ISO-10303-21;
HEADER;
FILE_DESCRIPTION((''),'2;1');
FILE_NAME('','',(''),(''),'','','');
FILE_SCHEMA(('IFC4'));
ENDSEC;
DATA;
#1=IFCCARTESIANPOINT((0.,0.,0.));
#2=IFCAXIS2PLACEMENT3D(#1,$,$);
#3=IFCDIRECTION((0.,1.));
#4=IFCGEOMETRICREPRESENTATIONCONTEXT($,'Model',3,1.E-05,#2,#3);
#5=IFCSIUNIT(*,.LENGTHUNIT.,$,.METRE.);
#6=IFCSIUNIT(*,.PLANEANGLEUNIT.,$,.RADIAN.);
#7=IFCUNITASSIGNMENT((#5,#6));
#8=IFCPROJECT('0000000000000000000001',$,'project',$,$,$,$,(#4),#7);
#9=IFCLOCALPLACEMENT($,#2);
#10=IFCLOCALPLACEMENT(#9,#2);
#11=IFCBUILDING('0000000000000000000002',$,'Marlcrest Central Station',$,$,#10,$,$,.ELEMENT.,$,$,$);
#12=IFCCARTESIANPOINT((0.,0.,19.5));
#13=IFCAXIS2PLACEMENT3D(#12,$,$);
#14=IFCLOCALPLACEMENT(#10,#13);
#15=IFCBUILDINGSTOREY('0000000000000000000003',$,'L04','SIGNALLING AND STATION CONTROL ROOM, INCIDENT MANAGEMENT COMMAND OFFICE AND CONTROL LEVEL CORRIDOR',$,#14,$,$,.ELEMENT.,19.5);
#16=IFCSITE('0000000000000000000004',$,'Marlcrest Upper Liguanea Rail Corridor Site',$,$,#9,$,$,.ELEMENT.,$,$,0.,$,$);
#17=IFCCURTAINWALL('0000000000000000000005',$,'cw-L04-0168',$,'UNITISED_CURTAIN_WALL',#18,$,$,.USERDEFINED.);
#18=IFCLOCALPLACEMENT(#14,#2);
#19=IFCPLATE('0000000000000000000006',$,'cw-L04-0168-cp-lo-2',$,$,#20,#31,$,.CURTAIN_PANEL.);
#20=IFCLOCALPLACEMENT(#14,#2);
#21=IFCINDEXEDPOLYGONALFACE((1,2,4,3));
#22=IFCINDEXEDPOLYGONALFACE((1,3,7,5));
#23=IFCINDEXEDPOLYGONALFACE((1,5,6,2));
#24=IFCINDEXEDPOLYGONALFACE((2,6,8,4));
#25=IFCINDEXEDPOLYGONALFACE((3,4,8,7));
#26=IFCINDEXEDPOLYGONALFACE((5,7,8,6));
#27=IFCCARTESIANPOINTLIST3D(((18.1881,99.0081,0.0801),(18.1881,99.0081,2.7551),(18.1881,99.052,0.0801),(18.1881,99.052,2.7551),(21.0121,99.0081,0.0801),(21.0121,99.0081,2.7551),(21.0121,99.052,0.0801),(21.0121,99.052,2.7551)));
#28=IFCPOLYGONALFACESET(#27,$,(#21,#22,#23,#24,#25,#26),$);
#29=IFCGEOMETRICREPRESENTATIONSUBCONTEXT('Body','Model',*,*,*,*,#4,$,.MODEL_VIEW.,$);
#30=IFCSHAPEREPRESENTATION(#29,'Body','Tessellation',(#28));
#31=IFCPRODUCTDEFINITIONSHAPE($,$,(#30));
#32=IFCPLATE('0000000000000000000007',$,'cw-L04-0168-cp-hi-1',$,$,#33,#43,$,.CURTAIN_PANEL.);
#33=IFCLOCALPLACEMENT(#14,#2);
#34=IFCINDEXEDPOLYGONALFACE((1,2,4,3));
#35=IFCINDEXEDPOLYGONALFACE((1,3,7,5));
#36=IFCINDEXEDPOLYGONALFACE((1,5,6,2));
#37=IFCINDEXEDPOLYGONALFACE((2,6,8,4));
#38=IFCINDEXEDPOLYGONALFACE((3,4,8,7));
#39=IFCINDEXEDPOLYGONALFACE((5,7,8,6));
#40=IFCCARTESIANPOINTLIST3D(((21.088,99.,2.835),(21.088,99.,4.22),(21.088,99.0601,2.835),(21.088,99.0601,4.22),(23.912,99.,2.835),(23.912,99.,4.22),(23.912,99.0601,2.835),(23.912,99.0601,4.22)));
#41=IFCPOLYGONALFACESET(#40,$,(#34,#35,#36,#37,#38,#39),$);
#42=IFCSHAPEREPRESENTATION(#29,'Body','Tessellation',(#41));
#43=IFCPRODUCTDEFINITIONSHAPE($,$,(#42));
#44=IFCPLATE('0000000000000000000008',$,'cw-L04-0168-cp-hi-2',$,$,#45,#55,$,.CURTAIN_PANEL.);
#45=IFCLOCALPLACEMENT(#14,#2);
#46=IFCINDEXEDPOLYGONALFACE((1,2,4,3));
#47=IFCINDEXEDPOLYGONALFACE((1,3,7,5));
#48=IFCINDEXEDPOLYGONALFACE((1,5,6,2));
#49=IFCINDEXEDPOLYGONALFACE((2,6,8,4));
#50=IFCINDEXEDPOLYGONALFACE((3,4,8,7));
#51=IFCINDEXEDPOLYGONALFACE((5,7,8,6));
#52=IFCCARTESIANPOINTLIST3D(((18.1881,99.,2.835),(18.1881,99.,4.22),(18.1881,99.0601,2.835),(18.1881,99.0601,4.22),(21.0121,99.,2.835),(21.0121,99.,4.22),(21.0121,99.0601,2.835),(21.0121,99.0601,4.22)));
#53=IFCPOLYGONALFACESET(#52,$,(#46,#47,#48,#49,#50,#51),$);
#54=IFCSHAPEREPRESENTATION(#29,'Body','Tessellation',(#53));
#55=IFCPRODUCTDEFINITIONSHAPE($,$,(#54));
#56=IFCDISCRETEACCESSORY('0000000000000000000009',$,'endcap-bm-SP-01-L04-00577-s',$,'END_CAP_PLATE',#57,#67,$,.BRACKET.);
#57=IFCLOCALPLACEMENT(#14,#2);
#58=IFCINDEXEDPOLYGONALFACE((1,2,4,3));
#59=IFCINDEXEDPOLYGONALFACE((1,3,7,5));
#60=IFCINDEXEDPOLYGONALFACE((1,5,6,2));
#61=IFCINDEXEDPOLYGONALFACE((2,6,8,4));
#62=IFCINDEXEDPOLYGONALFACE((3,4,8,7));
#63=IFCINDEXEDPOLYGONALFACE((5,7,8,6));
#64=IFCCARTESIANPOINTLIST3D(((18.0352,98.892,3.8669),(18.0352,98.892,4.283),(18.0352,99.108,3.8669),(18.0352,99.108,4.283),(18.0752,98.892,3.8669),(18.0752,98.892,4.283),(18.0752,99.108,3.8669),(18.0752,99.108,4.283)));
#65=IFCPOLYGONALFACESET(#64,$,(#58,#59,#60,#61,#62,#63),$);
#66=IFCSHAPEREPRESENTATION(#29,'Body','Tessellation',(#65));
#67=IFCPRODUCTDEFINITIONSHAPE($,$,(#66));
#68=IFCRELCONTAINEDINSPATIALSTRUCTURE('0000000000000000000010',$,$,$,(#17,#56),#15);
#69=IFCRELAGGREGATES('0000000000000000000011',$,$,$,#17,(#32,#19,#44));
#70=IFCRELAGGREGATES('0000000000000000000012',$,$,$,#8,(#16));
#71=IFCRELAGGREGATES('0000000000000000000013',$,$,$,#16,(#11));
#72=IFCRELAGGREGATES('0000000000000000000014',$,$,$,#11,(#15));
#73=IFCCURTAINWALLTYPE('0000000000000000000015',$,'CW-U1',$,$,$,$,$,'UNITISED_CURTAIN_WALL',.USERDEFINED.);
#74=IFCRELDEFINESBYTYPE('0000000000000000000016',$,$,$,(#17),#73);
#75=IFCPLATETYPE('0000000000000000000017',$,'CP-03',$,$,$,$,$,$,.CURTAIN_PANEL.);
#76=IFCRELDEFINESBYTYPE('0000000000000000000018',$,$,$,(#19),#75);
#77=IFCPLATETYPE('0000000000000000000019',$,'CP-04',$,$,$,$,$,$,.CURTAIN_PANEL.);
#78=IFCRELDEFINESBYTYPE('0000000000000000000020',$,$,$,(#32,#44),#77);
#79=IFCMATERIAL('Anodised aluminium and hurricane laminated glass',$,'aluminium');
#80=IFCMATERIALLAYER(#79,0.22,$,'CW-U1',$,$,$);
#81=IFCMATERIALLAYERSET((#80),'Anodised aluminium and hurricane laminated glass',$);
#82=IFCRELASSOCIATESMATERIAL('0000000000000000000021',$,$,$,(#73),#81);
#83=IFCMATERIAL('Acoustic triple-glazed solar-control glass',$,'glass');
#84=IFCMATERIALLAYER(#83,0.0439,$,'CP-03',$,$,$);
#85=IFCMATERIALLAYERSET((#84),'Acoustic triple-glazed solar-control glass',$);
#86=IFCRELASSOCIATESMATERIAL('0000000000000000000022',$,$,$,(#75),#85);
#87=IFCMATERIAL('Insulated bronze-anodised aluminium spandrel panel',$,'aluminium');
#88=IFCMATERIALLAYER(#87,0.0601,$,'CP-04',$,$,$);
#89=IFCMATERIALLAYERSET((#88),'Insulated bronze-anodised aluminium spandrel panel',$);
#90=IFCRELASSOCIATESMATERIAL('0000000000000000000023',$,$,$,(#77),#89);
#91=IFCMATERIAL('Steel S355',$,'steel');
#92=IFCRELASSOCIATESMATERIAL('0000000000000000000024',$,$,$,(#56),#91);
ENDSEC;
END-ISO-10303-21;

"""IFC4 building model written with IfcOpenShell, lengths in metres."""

from ifc_helpers import new_model, si_unit, direction, frame, origin, origin_2d, place, context, subcontext, project, spatial, rectangle, extrude, material, layer, layer_set, type_object, element, aggregate, save


model = new_model("IFC4")

# Units and contexts
model_context = context("Model", 3, precision=1e-05, world=origin(), true_north=direction((0.0, 1.0)))
body_context = subcontext(model_context, "Body", "Model", "MODEL_VIEW")
ifc_project = project(units=[si_unit("LENGTHUNIT", "METRE"), si_unit("PLANEANGLEUNIT", "RADIAN")], contexts=[model_context])

# Site, building, storey
site_placement = place(None, origin())
site = spatial("IfcSite", under=ifc_project, at=site_placement, Name="Marlcrest Upper Liguanea Rail Corridor Site", CompositionType="ELEMENT", RefElevation=0.0)
building_placement = place(site_placement, origin())
building = spatial("IfcBuilding", under=site, at=building_placement, Name="Marlcrest Central Station", CompositionType="ELEMENT")
storey_placement = place(building_placement, frame((0.0, 0.0, 19.5)))
storey = spatial("IfcBuildingStorey", under=building, at=storey_placement, Name="L04", Description="SIGNALLING AND STATION CONTROL ROOM, INCIDENT MANAGEMENT COMMAND OFFICE AND CONTROL LEVEL CORRIDOR", CompositionType="ELEMENT", Elevation=19.5)

# Shared definitions
ifc_material_1 = material(Name="Steel S355", Category="steel")

# Curtain wall
ifc_material_2 = material(Name="Anodised aluminium and hurricane laminated glass", Category="aluminium")
ifc_layer_1 = layer(ifc_material_2, 0.22, Name="CW-U1")
ifc_layer_set_1 = layer_set([ifc_layer_1], Name="Anodised aluminium and hurricane laminated glass")
curtain_wall_type = type_object("IfcCurtainWallType", Name="CW-U1", ElementType="UNITISED_CURTAIN_WALL", PredefinedType="USERDEFINED", material=ifc_layer_set_1)
curtain_wall_placement = place(storey_placement, origin())
curtain_wall = element("IfcCurtainWall", 1, at=curtain_wall_placement, inside=storey, type_object=curtain_wall_type, Name="cw-L04-0168", ObjectType="UNITISED_CURTAIN_WALL", PredefinedType="USERDEFINED")

# Plates
ifc_material_3 = material(Name="Acoustic triple-glazed solar-control glass", Category="glass")
ifc_layer_2 = layer(ifc_material_3, 0.0439, Name="CP-03")
ifc_layer_set_2 = layer_set([ifc_layer_2], Name="Acoustic triple-glazed solar-control glass")
plate_type_1 = type_object("IfcPlateType", Name="CP-03", PredefinedType="CURTAIN_PANEL", material=ifc_layer_set_2)
plate_1_placement = place(storey_placement, frame((19.6001, 99.03, 0.0801), z_axis=(0.0, 0.0, 1.0), x_axis=(-1.0, 0.0, 0.0)))
plate_1 = element("IfcPlate", 2, at=plate_1_placement, type_object=plate_type_1, Name="cw-L04-0168-cp-lo-2", PredefinedType="CURTAIN_PANEL", context=body_context, shape_type="SweptSolid", body=[
    extrude(rectangle(XDim=2.824, YDim=0.0439, at=origin_2d()), origin(), (0.0, 0.0, 1.0), 2.675),
])
ifc_material_4 = material(Name="Insulated bronze-anodised aluminium spandrel panel", Category="aluminium")
ifc_layer_3 = layer(ifc_material_4, 0.0601, Name="CP-04")
ifc_layer_set_3 = layer_set([ifc_layer_3], Name="Insulated bronze-anodised aluminium spandrel panel")
plate_type_2 = type_object("IfcPlateType", Name="CP-04", PredefinedType="CURTAIN_PANEL", material=ifc_layer_set_3)
plate_2_placement = place(storey_placement, frame((22.5, 99.03, 2.835), z_axis=(0.0, 0.0, 1.0), x_axis=(-1.0, 0.0, 0.0)))
plate_2 = element("IfcPlate", 3, at=plate_2_placement, type_object=plate_type_2, Name="cw-L04-0168-cp-hi-1", PredefinedType="CURTAIN_PANEL", context=body_context, shape_type="SweptSolid", body=[
    extrude(rectangle(XDim=2.824, YDim=0.0601, at=origin_2d()), origin(), (0.0, 0.0, 1.0), 1.385),
])
plate_3_placement = place(storey_placement, frame((19.6001, 99.03, 2.835), z_axis=(0.0, 0.0, 1.0), x_axis=(-1.0, 0.0, 0.0)))
plate_3 = element("IfcPlate", 4, at=plate_3_placement, type_object=plate_type_2, Name="cw-L04-0168-cp-hi-2", PredefinedType="CURTAIN_PANEL", context=body_context, shape_type="SweptSolid", body=[
    extrude(rectangle(XDim=2.824, YDim=0.0601, at=origin_2d()), origin(), (0.0, 0.0, 1.0), 1.385),
])
aggregate(curtain_wall, [plate_2, plate_1, plate_3])

# Discrete accessory
discrete_accessory_placement = place(storey_placement, frame((18.0352, 99.0, 4.075), z_axis=(1.0, 0.0, 0.0), x_axis=(0.0, 1.0, 0.0)))
element("IfcDiscreteAccessory", 5, at=discrete_accessory_placement, inside=storey, material=ifc_material_1, Name="endcap-bm-SP-01-L04-00577-s", ObjectType="END_CAP_PLATE", PredefinedType="BRACKET", context=body_context, shape_type="SweptSolid", body=[
    extrude(rectangle(XDim=0.2161, YDim=0.416, at=origin_2d()), origin(), (0.0, 0.0, 1.0), 0.04),
])

save(model, "model.ifc")
